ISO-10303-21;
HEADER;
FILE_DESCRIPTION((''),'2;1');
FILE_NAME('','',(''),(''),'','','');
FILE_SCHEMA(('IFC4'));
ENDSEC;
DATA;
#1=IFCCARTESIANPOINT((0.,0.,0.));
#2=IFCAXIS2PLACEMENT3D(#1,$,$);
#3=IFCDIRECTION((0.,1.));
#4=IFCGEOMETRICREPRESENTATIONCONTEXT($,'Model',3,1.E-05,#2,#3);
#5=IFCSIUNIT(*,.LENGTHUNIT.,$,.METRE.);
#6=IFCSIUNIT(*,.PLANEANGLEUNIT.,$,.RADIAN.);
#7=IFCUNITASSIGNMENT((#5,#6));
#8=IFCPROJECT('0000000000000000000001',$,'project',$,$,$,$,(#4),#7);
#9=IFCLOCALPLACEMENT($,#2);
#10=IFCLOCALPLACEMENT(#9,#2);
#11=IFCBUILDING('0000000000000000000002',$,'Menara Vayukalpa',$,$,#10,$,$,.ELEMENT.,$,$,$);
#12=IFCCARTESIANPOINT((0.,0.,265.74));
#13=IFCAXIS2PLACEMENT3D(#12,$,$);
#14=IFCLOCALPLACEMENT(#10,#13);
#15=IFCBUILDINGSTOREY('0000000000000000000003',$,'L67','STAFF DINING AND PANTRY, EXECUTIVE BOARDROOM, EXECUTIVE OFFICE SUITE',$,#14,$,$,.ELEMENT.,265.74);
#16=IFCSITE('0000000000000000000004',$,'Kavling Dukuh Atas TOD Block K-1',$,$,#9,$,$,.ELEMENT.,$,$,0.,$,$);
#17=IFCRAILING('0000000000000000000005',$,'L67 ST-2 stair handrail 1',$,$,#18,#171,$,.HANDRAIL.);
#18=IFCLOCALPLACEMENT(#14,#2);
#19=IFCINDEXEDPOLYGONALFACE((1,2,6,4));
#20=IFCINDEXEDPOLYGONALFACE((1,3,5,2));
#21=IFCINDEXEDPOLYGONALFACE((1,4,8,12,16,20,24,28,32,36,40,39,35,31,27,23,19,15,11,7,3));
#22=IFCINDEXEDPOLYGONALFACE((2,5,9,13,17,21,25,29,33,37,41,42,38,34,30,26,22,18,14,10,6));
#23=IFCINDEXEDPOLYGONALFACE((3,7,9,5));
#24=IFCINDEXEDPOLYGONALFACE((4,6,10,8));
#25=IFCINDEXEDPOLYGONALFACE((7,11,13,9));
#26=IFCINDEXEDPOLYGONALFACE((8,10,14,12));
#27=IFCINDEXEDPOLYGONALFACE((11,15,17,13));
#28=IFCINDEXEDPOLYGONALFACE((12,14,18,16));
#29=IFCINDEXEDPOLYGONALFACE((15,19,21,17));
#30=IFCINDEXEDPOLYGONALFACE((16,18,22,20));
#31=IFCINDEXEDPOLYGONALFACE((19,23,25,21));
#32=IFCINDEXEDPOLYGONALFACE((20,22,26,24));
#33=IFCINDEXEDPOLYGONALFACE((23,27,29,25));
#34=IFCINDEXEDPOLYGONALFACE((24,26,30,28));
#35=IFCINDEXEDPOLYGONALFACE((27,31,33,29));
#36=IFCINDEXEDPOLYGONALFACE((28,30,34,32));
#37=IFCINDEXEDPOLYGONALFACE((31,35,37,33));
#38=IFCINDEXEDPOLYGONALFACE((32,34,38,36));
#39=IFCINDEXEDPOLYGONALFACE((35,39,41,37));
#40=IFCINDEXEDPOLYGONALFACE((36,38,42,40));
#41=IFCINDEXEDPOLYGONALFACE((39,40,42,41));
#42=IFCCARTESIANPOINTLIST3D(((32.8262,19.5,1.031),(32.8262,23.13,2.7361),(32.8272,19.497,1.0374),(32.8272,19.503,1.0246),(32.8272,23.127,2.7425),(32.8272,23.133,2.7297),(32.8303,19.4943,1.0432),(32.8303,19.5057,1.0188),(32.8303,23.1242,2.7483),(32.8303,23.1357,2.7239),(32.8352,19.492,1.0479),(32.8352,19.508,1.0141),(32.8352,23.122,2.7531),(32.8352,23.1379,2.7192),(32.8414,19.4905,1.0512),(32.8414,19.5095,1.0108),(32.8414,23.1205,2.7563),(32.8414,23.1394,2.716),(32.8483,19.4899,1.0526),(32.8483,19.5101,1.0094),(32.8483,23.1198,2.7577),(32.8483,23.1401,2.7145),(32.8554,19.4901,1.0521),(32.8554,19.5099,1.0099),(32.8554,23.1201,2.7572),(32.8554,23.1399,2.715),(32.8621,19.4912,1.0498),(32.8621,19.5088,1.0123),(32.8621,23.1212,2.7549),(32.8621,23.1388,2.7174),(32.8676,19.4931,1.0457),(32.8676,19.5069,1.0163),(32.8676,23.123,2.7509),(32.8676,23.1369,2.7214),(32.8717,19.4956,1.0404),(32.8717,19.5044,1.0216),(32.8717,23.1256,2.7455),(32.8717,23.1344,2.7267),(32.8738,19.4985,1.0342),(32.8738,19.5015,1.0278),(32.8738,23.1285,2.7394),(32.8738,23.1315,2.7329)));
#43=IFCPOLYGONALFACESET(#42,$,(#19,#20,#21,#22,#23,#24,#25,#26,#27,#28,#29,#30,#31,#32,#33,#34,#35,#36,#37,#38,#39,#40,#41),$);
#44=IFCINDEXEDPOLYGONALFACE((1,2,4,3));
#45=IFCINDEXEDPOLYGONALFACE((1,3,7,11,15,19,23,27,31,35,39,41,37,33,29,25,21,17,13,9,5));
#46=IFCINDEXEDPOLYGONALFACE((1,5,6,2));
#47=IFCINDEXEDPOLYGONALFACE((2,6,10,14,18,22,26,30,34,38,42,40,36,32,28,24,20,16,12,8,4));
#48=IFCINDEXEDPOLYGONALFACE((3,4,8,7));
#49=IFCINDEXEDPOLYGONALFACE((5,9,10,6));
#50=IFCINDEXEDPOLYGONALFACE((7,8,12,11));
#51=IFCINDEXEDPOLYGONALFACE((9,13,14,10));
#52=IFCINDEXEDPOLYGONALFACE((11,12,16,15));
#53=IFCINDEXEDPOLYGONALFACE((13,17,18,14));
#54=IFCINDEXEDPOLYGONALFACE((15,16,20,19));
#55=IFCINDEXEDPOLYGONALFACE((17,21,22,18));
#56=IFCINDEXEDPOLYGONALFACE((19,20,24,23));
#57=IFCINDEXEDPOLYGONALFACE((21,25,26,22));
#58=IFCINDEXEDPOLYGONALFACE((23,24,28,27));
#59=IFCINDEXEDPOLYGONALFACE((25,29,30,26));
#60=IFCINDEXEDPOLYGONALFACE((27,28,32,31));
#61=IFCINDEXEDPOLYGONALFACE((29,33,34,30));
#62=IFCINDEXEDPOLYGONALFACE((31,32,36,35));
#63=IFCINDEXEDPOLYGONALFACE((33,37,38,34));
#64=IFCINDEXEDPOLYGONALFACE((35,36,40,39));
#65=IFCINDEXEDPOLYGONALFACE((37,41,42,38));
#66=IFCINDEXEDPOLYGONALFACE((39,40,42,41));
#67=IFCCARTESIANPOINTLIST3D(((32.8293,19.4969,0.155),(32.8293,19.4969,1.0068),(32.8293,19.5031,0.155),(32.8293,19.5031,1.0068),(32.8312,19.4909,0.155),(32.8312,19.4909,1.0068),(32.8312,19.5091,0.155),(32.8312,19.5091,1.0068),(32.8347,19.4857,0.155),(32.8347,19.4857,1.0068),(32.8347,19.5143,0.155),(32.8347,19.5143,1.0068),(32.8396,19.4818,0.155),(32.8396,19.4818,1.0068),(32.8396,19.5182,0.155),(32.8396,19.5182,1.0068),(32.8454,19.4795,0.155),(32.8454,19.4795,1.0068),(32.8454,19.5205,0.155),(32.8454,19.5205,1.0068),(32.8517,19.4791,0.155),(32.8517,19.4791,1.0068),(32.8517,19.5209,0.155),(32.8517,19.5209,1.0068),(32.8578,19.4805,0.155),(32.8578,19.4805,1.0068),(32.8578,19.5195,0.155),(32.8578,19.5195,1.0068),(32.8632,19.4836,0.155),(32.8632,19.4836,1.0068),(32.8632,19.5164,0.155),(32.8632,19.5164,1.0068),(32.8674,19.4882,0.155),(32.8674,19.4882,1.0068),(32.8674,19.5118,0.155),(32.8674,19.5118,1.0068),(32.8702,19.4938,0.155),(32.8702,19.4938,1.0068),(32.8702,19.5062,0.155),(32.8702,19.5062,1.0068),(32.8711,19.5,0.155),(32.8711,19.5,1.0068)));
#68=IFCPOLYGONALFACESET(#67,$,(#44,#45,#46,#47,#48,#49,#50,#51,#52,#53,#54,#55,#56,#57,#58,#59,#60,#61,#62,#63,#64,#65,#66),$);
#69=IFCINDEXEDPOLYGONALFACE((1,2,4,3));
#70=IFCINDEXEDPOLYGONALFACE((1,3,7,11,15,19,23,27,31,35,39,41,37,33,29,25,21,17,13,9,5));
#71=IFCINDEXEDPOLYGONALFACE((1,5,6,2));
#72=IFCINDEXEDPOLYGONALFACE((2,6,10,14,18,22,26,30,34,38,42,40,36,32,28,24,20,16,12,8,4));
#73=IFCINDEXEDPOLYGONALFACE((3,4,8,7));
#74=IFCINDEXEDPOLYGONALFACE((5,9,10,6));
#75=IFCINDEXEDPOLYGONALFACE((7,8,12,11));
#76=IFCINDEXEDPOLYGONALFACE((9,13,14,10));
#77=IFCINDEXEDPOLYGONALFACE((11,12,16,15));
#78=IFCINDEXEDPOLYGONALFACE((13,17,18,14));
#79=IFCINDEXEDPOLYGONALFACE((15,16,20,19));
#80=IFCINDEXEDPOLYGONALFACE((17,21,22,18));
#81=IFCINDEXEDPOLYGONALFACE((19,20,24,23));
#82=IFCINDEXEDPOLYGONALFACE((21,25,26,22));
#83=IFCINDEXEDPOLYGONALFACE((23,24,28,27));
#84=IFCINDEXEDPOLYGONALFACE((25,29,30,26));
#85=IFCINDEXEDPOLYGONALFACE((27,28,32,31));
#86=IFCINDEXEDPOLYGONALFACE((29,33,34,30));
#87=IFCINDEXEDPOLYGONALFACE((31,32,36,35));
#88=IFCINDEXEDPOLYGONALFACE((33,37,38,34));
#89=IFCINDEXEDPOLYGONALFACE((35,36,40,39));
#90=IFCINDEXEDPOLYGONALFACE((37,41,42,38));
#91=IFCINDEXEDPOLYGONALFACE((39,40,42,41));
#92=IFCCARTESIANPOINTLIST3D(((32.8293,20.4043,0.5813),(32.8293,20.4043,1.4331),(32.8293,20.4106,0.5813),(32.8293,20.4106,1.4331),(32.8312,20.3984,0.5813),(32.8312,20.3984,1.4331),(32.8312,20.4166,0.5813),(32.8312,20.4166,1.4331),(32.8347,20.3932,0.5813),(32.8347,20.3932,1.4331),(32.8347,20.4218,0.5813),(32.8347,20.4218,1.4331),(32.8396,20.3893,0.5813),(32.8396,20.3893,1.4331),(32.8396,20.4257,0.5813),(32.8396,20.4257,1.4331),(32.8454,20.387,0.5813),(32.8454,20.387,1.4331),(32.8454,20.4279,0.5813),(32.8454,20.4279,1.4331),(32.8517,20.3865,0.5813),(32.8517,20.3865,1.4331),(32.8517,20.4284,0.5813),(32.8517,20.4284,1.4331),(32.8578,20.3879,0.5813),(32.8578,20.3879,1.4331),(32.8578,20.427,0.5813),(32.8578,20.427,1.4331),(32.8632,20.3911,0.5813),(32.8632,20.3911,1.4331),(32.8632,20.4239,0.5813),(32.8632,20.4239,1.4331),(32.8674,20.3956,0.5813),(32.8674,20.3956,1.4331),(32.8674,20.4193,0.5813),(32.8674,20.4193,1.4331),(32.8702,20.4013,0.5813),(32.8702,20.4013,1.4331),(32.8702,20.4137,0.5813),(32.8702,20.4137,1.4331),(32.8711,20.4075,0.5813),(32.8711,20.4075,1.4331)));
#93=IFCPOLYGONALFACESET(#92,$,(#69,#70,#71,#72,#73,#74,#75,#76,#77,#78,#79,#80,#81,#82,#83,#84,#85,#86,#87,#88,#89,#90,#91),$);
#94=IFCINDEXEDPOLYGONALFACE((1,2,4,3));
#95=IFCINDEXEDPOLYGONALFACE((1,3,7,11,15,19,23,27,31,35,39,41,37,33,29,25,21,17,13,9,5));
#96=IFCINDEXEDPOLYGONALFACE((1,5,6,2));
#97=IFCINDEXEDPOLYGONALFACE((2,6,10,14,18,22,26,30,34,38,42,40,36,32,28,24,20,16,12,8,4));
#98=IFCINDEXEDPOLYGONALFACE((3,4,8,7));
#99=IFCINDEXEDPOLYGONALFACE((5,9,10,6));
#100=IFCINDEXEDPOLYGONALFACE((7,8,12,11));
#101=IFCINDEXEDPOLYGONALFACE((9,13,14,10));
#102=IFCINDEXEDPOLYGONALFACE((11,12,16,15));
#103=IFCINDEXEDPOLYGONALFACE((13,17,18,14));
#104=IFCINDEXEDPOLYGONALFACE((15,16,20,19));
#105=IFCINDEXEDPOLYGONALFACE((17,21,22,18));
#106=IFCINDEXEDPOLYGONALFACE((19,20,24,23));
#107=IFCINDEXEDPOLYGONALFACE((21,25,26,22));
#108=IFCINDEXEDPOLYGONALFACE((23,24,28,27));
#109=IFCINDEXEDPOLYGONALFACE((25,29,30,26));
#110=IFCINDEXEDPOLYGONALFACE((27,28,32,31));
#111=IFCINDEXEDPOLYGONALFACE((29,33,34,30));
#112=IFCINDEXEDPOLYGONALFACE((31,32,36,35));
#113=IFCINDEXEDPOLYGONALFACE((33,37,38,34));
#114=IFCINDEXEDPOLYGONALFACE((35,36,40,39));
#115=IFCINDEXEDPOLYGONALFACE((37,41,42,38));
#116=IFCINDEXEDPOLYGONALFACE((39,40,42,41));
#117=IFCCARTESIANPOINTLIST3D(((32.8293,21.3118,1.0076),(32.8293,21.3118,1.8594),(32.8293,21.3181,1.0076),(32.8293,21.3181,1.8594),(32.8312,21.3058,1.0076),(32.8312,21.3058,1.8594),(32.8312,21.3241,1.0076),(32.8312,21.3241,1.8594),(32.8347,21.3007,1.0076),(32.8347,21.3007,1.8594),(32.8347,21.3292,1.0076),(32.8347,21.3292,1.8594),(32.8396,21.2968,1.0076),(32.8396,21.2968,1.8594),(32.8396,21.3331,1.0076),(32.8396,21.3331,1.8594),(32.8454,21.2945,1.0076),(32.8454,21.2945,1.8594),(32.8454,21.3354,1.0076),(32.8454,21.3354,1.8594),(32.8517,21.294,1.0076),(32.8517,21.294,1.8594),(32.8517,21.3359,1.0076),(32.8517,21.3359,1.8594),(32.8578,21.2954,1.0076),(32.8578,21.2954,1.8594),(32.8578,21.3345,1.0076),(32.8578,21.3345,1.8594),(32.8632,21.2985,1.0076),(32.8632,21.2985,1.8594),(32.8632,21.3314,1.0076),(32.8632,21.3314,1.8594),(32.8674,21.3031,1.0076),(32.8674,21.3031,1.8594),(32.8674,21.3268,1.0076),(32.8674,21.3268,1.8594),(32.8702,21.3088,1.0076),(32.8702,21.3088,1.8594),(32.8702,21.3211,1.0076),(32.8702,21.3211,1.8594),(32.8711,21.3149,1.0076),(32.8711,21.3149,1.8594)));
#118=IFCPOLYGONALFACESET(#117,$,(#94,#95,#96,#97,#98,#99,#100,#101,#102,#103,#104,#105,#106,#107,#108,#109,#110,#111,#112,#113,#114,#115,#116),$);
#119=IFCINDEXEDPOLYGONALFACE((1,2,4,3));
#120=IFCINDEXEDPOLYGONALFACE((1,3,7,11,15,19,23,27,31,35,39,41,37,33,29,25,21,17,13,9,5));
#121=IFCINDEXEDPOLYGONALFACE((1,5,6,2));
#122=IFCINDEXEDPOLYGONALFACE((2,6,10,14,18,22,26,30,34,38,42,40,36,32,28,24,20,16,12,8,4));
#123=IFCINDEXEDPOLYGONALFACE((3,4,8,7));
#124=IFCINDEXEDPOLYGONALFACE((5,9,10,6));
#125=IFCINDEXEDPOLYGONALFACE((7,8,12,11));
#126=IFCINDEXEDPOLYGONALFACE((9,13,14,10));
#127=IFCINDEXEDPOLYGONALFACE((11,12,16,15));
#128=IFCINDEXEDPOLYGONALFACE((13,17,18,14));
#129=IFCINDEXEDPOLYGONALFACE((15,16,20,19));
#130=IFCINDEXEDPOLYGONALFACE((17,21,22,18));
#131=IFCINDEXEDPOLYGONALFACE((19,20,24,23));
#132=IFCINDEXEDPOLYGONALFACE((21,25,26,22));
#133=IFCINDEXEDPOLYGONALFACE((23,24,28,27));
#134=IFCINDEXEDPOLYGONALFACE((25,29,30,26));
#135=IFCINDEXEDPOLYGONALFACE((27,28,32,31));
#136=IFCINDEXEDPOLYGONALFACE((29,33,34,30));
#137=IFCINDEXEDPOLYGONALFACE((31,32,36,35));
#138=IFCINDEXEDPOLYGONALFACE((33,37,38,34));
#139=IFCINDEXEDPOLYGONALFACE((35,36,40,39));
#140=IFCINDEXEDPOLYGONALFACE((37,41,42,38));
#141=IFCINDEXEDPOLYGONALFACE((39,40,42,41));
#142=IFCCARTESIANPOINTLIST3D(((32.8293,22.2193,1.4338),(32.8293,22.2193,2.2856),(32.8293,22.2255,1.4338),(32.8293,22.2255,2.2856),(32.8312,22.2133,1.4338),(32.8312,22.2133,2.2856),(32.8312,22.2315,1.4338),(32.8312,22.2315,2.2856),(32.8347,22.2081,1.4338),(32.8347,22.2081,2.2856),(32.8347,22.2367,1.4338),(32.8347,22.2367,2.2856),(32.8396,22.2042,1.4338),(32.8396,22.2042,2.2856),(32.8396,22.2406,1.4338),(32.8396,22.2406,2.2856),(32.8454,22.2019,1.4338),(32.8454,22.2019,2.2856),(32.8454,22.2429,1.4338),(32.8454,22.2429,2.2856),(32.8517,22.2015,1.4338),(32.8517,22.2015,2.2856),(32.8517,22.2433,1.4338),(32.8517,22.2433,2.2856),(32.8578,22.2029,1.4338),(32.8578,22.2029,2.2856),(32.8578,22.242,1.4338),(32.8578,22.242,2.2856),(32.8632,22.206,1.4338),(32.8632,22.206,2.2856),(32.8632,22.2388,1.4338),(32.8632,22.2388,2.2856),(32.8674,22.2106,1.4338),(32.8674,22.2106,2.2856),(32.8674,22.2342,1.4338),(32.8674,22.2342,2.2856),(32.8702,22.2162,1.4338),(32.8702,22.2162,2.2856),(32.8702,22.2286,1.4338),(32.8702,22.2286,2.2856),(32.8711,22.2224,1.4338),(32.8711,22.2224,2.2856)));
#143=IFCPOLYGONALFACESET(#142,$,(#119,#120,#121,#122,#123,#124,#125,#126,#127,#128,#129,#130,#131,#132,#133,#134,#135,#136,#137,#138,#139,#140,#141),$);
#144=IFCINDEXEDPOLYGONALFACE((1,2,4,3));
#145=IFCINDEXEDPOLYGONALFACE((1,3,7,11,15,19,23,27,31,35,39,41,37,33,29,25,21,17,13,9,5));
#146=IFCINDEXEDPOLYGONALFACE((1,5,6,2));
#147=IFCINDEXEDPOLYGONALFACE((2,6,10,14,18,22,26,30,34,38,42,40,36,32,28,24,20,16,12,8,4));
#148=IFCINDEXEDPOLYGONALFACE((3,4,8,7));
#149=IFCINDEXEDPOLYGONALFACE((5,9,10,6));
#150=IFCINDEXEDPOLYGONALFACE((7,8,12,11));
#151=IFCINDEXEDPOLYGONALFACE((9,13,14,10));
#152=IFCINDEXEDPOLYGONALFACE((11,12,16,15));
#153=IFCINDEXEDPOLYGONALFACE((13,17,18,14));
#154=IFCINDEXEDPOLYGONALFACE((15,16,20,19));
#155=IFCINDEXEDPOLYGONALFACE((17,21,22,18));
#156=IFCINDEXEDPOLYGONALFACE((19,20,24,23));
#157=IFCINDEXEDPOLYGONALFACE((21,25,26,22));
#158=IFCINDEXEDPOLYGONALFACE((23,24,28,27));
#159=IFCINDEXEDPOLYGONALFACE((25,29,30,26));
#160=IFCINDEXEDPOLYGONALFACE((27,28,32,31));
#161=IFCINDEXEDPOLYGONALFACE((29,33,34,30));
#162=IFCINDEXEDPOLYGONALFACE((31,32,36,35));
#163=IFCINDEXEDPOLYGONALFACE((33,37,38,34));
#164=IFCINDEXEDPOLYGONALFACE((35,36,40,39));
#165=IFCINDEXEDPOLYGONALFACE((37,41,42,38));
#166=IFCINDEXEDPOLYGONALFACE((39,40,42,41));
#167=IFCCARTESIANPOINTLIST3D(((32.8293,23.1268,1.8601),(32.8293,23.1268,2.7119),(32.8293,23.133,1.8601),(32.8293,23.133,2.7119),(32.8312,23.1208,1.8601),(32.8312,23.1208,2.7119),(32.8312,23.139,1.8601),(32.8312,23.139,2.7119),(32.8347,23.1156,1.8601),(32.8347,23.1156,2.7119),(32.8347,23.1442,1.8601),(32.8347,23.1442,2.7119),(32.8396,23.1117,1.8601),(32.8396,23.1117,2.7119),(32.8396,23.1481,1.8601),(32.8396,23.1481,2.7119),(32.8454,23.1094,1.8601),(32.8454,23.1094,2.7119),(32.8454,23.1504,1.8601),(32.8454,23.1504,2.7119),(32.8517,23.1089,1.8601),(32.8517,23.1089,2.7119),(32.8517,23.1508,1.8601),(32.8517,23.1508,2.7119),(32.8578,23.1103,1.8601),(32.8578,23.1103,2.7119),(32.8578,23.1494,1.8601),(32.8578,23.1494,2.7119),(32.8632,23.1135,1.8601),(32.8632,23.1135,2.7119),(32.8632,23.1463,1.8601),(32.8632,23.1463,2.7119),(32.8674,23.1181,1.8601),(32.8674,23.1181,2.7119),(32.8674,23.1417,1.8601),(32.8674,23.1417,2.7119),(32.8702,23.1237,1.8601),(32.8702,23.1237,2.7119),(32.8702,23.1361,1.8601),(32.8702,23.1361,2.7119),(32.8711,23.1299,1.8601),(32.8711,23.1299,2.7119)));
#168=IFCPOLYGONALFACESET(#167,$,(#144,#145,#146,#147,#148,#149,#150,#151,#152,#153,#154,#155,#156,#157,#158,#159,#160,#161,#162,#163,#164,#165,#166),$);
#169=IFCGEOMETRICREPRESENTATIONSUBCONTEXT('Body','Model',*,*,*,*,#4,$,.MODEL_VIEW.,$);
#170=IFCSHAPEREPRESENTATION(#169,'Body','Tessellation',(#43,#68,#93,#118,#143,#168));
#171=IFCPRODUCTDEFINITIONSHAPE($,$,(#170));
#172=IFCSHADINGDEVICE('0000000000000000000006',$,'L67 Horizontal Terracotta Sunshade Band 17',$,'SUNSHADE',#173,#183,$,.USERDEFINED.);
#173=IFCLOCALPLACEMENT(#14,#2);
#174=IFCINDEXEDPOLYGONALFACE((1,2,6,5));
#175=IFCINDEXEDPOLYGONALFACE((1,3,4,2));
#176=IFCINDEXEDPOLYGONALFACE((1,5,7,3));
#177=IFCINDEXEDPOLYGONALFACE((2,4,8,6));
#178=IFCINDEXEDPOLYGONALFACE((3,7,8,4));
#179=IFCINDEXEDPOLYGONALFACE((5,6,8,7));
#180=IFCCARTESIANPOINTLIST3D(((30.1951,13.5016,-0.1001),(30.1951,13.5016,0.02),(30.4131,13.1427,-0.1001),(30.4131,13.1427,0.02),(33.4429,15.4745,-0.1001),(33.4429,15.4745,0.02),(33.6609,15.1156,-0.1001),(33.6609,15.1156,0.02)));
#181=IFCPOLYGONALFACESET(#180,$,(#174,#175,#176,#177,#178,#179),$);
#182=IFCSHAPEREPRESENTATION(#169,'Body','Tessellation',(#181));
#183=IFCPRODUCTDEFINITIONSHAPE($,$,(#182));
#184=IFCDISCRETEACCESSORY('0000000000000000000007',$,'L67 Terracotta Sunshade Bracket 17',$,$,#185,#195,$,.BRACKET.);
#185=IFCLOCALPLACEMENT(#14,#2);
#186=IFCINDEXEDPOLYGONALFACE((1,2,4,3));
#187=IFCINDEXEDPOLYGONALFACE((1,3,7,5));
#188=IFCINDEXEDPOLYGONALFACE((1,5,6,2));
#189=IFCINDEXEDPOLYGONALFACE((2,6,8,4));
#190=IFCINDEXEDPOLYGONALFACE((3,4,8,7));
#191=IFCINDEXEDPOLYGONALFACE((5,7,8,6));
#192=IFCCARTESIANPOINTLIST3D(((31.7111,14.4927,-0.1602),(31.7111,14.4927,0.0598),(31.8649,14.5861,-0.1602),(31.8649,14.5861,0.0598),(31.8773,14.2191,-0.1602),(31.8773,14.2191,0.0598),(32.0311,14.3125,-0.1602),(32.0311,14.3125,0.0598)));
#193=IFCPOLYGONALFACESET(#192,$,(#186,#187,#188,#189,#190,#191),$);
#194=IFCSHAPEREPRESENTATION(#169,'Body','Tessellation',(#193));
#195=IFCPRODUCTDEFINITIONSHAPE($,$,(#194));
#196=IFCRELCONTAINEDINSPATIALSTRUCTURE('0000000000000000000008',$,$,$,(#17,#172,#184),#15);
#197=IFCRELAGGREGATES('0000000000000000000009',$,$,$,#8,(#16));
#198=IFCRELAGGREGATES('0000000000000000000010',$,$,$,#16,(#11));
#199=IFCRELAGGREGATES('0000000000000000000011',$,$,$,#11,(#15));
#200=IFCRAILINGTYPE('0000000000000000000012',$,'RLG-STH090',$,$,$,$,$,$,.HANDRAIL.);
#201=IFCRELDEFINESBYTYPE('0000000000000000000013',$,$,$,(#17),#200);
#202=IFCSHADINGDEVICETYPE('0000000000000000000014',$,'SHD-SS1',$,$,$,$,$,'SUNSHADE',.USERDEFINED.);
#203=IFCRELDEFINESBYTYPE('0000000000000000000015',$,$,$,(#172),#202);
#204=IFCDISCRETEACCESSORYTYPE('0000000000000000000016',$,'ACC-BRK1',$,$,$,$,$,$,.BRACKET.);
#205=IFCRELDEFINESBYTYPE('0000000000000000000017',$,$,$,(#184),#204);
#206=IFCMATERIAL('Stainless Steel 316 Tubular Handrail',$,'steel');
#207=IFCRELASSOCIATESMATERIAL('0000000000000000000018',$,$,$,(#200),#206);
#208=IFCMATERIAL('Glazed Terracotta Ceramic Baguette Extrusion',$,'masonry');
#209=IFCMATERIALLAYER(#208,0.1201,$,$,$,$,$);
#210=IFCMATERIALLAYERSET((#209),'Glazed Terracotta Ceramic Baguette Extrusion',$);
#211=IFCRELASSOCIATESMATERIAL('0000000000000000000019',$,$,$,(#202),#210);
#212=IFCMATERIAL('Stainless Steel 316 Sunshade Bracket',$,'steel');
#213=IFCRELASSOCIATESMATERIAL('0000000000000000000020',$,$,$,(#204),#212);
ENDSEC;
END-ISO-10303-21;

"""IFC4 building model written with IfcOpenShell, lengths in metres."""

from ifc_helpers import new_model, si_unit, direction, frame, origin, origin_2d, place, context, subcontext, project, spatial, rectangle, circle, extrude, material, layer, layer_set, type_object, element, save


model = new_model("IFC4")

# Units and contexts
model_context = context("Model", 3, precision=1e-05, world=origin(), true_north=direction((0.0, 1.0)))
body_context = subcontext(model_context, "Body", "Model", "MODEL_VIEW")
ifc_project = project(units=[si_unit("LENGTHUNIT", "METRE"), si_unit("PLANEANGLEUNIT", "RADIAN")], contexts=[model_context])

# Site, building, storey
site_placement = place(None, origin())
site = spatial("IfcSite", under=ifc_project, at=site_placement, Name="Kavling Dukuh Atas TOD Block K-1", CompositionType="ELEMENT", RefElevation=0.0)
building_placement = place(site_placement, origin())
building = spatial("IfcBuilding", under=site, at=building_placement, Name="Menara Vayukalpa", CompositionType="ELEMENT")
storey_placement = place(building_placement, frame((0.0, 0.0, 265.74)))
storey = spatial("IfcBuildingStorey", under=building, at=storey_placement, Name="L67", Description="STAFF DINING AND PANTRY, EXECUTIVE BOARDROOM, EXECUTIVE OFFICE SUITE", CompositionType="ELEMENT", Elevation=265.74)

# Railing
ifc_material_1 = material(Name="Stainless Steel 316 Tubular Handrail", Category="steel")
railing_type_1 = type_object("IfcRailingType", Name="RLG-STH090", PredefinedType="HANDRAIL", material=ifc_material_1)
railing_1_placement = place(storey_placement, frame((32.8501, 19.5, 0.155)))
element("IfcRailing", 1, at=railing_1_placement, inside=storey, type_object=railing_type_1, Name="L67 ST-2 stair handrail 1", PredefinedType="HANDRAIL", context=body_context, shape_type="SweptSolid", body=[
    extrude(circle(Radius=0.0239, at=origin_2d()), frame((0.0, 0.0, 0.876), z_axis=(0.0, 0.905116, 0.425164), x_axis=(-1.0, 0.0, 0.0)), (0.0, 0.0, 1.0), 4.0105),
    extrude(circle(Radius=0.021, at=origin_2d()), origin(), (0.0, 0.0, 1.0), 0.8518),
    extrude(circle(Radius=0.021, at=origin_2d()), frame((0.0, 0.9075, 0.4263)), (0.0, 0.0, 1.0), 0.8518),
    extrude(circle(Radius=0.021, at=origin_2d()), frame((0.0, 1.8149, 0.8525)), (0.0, 0.0, 1.0), 0.8518),
    extrude(circle(Radius=0.021, at=origin_2d()), frame((0.0, 2.7224, 1.2788)), (0.0, 0.0, 1.0), 0.8518),
    extrude(circle(Radius=0.021, at=origin_2d()), frame((0.0, 3.6299, 1.7051)), (0.0, 0.0, 1.0), 0.8518),
])

# Shading device
ifc_material_2 = material(Name="Glazed Terracotta Ceramic Baguette Extrusion", Category="masonry")
ifc_layer_1 = layer(ifc_material_2, 0.1201)
ifc_layer_set_1 = layer_set([ifc_layer_1], Name="Glazed Terracotta Ceramic Baguette Extrusion")
shading_device_type = type_object("IfcShadingDeviceType", Name="SHD-SS1", ElementType="SUNSHADE", PredefinedType="USERDEFINED", material=ifc_layer_set_1)
shading_device_placement = place(storey_placement, frame((31.928, 14.3086, -0.1001), z_axis=(0.0, 0.0, 1.0), x_axis=(0.854667, 0.519176, 0.0)))
element("IfcShadingDevice", 2, at=shading_device_placement, inside=storey, type_object=shading_device_type, Name="L67 Horizontal Terracotta Sunshade Band 17", ObjectType="SUNSHADE", PredefinedType="USERDEFINED", context=body_context, shape_type="SweptSolid", body=[
    extrude(rectangle(XDim=3.8, YDim=0.4199, at=origin_2d()), origin(), (0.0, 0.0, 1.0), 0.1201),
])

# Discrete accessory
ifc_material_3 = material(Name="Stainless Steel 316 Sunshade Bracket", Category="steel")
discrete_accessory_type = type_object("IfcDiscreteAccessoryType", Name="ACC-BRK1", PredefinedType="BRACKET", material=ifc_material_3)
discrete_accessory_placement = place(storey_placement, frame((31.8711, 14.4026, -0.1602), z_axis=(0.0, 0.0, 1.0), x_axis=(0.854667, 0.519176, 0.0)))
element("IfcDiscreteAccessory", 3, at=discrete_accessory_placement, inside=storey, type_object=discrete_accessory_type, Name="L67 Terracotta Sunshade Bracket 17", PredefinedType="BRACKET", context=body_context, shape_type="SweptSolid", body=[
    extrude(rectangle(XDim=0.1799, YDim=0.3201, at=origin_2d()), origin(), (0.0, 0.0, 1.0), 0.22),
])

save(model, "model.ifc")
